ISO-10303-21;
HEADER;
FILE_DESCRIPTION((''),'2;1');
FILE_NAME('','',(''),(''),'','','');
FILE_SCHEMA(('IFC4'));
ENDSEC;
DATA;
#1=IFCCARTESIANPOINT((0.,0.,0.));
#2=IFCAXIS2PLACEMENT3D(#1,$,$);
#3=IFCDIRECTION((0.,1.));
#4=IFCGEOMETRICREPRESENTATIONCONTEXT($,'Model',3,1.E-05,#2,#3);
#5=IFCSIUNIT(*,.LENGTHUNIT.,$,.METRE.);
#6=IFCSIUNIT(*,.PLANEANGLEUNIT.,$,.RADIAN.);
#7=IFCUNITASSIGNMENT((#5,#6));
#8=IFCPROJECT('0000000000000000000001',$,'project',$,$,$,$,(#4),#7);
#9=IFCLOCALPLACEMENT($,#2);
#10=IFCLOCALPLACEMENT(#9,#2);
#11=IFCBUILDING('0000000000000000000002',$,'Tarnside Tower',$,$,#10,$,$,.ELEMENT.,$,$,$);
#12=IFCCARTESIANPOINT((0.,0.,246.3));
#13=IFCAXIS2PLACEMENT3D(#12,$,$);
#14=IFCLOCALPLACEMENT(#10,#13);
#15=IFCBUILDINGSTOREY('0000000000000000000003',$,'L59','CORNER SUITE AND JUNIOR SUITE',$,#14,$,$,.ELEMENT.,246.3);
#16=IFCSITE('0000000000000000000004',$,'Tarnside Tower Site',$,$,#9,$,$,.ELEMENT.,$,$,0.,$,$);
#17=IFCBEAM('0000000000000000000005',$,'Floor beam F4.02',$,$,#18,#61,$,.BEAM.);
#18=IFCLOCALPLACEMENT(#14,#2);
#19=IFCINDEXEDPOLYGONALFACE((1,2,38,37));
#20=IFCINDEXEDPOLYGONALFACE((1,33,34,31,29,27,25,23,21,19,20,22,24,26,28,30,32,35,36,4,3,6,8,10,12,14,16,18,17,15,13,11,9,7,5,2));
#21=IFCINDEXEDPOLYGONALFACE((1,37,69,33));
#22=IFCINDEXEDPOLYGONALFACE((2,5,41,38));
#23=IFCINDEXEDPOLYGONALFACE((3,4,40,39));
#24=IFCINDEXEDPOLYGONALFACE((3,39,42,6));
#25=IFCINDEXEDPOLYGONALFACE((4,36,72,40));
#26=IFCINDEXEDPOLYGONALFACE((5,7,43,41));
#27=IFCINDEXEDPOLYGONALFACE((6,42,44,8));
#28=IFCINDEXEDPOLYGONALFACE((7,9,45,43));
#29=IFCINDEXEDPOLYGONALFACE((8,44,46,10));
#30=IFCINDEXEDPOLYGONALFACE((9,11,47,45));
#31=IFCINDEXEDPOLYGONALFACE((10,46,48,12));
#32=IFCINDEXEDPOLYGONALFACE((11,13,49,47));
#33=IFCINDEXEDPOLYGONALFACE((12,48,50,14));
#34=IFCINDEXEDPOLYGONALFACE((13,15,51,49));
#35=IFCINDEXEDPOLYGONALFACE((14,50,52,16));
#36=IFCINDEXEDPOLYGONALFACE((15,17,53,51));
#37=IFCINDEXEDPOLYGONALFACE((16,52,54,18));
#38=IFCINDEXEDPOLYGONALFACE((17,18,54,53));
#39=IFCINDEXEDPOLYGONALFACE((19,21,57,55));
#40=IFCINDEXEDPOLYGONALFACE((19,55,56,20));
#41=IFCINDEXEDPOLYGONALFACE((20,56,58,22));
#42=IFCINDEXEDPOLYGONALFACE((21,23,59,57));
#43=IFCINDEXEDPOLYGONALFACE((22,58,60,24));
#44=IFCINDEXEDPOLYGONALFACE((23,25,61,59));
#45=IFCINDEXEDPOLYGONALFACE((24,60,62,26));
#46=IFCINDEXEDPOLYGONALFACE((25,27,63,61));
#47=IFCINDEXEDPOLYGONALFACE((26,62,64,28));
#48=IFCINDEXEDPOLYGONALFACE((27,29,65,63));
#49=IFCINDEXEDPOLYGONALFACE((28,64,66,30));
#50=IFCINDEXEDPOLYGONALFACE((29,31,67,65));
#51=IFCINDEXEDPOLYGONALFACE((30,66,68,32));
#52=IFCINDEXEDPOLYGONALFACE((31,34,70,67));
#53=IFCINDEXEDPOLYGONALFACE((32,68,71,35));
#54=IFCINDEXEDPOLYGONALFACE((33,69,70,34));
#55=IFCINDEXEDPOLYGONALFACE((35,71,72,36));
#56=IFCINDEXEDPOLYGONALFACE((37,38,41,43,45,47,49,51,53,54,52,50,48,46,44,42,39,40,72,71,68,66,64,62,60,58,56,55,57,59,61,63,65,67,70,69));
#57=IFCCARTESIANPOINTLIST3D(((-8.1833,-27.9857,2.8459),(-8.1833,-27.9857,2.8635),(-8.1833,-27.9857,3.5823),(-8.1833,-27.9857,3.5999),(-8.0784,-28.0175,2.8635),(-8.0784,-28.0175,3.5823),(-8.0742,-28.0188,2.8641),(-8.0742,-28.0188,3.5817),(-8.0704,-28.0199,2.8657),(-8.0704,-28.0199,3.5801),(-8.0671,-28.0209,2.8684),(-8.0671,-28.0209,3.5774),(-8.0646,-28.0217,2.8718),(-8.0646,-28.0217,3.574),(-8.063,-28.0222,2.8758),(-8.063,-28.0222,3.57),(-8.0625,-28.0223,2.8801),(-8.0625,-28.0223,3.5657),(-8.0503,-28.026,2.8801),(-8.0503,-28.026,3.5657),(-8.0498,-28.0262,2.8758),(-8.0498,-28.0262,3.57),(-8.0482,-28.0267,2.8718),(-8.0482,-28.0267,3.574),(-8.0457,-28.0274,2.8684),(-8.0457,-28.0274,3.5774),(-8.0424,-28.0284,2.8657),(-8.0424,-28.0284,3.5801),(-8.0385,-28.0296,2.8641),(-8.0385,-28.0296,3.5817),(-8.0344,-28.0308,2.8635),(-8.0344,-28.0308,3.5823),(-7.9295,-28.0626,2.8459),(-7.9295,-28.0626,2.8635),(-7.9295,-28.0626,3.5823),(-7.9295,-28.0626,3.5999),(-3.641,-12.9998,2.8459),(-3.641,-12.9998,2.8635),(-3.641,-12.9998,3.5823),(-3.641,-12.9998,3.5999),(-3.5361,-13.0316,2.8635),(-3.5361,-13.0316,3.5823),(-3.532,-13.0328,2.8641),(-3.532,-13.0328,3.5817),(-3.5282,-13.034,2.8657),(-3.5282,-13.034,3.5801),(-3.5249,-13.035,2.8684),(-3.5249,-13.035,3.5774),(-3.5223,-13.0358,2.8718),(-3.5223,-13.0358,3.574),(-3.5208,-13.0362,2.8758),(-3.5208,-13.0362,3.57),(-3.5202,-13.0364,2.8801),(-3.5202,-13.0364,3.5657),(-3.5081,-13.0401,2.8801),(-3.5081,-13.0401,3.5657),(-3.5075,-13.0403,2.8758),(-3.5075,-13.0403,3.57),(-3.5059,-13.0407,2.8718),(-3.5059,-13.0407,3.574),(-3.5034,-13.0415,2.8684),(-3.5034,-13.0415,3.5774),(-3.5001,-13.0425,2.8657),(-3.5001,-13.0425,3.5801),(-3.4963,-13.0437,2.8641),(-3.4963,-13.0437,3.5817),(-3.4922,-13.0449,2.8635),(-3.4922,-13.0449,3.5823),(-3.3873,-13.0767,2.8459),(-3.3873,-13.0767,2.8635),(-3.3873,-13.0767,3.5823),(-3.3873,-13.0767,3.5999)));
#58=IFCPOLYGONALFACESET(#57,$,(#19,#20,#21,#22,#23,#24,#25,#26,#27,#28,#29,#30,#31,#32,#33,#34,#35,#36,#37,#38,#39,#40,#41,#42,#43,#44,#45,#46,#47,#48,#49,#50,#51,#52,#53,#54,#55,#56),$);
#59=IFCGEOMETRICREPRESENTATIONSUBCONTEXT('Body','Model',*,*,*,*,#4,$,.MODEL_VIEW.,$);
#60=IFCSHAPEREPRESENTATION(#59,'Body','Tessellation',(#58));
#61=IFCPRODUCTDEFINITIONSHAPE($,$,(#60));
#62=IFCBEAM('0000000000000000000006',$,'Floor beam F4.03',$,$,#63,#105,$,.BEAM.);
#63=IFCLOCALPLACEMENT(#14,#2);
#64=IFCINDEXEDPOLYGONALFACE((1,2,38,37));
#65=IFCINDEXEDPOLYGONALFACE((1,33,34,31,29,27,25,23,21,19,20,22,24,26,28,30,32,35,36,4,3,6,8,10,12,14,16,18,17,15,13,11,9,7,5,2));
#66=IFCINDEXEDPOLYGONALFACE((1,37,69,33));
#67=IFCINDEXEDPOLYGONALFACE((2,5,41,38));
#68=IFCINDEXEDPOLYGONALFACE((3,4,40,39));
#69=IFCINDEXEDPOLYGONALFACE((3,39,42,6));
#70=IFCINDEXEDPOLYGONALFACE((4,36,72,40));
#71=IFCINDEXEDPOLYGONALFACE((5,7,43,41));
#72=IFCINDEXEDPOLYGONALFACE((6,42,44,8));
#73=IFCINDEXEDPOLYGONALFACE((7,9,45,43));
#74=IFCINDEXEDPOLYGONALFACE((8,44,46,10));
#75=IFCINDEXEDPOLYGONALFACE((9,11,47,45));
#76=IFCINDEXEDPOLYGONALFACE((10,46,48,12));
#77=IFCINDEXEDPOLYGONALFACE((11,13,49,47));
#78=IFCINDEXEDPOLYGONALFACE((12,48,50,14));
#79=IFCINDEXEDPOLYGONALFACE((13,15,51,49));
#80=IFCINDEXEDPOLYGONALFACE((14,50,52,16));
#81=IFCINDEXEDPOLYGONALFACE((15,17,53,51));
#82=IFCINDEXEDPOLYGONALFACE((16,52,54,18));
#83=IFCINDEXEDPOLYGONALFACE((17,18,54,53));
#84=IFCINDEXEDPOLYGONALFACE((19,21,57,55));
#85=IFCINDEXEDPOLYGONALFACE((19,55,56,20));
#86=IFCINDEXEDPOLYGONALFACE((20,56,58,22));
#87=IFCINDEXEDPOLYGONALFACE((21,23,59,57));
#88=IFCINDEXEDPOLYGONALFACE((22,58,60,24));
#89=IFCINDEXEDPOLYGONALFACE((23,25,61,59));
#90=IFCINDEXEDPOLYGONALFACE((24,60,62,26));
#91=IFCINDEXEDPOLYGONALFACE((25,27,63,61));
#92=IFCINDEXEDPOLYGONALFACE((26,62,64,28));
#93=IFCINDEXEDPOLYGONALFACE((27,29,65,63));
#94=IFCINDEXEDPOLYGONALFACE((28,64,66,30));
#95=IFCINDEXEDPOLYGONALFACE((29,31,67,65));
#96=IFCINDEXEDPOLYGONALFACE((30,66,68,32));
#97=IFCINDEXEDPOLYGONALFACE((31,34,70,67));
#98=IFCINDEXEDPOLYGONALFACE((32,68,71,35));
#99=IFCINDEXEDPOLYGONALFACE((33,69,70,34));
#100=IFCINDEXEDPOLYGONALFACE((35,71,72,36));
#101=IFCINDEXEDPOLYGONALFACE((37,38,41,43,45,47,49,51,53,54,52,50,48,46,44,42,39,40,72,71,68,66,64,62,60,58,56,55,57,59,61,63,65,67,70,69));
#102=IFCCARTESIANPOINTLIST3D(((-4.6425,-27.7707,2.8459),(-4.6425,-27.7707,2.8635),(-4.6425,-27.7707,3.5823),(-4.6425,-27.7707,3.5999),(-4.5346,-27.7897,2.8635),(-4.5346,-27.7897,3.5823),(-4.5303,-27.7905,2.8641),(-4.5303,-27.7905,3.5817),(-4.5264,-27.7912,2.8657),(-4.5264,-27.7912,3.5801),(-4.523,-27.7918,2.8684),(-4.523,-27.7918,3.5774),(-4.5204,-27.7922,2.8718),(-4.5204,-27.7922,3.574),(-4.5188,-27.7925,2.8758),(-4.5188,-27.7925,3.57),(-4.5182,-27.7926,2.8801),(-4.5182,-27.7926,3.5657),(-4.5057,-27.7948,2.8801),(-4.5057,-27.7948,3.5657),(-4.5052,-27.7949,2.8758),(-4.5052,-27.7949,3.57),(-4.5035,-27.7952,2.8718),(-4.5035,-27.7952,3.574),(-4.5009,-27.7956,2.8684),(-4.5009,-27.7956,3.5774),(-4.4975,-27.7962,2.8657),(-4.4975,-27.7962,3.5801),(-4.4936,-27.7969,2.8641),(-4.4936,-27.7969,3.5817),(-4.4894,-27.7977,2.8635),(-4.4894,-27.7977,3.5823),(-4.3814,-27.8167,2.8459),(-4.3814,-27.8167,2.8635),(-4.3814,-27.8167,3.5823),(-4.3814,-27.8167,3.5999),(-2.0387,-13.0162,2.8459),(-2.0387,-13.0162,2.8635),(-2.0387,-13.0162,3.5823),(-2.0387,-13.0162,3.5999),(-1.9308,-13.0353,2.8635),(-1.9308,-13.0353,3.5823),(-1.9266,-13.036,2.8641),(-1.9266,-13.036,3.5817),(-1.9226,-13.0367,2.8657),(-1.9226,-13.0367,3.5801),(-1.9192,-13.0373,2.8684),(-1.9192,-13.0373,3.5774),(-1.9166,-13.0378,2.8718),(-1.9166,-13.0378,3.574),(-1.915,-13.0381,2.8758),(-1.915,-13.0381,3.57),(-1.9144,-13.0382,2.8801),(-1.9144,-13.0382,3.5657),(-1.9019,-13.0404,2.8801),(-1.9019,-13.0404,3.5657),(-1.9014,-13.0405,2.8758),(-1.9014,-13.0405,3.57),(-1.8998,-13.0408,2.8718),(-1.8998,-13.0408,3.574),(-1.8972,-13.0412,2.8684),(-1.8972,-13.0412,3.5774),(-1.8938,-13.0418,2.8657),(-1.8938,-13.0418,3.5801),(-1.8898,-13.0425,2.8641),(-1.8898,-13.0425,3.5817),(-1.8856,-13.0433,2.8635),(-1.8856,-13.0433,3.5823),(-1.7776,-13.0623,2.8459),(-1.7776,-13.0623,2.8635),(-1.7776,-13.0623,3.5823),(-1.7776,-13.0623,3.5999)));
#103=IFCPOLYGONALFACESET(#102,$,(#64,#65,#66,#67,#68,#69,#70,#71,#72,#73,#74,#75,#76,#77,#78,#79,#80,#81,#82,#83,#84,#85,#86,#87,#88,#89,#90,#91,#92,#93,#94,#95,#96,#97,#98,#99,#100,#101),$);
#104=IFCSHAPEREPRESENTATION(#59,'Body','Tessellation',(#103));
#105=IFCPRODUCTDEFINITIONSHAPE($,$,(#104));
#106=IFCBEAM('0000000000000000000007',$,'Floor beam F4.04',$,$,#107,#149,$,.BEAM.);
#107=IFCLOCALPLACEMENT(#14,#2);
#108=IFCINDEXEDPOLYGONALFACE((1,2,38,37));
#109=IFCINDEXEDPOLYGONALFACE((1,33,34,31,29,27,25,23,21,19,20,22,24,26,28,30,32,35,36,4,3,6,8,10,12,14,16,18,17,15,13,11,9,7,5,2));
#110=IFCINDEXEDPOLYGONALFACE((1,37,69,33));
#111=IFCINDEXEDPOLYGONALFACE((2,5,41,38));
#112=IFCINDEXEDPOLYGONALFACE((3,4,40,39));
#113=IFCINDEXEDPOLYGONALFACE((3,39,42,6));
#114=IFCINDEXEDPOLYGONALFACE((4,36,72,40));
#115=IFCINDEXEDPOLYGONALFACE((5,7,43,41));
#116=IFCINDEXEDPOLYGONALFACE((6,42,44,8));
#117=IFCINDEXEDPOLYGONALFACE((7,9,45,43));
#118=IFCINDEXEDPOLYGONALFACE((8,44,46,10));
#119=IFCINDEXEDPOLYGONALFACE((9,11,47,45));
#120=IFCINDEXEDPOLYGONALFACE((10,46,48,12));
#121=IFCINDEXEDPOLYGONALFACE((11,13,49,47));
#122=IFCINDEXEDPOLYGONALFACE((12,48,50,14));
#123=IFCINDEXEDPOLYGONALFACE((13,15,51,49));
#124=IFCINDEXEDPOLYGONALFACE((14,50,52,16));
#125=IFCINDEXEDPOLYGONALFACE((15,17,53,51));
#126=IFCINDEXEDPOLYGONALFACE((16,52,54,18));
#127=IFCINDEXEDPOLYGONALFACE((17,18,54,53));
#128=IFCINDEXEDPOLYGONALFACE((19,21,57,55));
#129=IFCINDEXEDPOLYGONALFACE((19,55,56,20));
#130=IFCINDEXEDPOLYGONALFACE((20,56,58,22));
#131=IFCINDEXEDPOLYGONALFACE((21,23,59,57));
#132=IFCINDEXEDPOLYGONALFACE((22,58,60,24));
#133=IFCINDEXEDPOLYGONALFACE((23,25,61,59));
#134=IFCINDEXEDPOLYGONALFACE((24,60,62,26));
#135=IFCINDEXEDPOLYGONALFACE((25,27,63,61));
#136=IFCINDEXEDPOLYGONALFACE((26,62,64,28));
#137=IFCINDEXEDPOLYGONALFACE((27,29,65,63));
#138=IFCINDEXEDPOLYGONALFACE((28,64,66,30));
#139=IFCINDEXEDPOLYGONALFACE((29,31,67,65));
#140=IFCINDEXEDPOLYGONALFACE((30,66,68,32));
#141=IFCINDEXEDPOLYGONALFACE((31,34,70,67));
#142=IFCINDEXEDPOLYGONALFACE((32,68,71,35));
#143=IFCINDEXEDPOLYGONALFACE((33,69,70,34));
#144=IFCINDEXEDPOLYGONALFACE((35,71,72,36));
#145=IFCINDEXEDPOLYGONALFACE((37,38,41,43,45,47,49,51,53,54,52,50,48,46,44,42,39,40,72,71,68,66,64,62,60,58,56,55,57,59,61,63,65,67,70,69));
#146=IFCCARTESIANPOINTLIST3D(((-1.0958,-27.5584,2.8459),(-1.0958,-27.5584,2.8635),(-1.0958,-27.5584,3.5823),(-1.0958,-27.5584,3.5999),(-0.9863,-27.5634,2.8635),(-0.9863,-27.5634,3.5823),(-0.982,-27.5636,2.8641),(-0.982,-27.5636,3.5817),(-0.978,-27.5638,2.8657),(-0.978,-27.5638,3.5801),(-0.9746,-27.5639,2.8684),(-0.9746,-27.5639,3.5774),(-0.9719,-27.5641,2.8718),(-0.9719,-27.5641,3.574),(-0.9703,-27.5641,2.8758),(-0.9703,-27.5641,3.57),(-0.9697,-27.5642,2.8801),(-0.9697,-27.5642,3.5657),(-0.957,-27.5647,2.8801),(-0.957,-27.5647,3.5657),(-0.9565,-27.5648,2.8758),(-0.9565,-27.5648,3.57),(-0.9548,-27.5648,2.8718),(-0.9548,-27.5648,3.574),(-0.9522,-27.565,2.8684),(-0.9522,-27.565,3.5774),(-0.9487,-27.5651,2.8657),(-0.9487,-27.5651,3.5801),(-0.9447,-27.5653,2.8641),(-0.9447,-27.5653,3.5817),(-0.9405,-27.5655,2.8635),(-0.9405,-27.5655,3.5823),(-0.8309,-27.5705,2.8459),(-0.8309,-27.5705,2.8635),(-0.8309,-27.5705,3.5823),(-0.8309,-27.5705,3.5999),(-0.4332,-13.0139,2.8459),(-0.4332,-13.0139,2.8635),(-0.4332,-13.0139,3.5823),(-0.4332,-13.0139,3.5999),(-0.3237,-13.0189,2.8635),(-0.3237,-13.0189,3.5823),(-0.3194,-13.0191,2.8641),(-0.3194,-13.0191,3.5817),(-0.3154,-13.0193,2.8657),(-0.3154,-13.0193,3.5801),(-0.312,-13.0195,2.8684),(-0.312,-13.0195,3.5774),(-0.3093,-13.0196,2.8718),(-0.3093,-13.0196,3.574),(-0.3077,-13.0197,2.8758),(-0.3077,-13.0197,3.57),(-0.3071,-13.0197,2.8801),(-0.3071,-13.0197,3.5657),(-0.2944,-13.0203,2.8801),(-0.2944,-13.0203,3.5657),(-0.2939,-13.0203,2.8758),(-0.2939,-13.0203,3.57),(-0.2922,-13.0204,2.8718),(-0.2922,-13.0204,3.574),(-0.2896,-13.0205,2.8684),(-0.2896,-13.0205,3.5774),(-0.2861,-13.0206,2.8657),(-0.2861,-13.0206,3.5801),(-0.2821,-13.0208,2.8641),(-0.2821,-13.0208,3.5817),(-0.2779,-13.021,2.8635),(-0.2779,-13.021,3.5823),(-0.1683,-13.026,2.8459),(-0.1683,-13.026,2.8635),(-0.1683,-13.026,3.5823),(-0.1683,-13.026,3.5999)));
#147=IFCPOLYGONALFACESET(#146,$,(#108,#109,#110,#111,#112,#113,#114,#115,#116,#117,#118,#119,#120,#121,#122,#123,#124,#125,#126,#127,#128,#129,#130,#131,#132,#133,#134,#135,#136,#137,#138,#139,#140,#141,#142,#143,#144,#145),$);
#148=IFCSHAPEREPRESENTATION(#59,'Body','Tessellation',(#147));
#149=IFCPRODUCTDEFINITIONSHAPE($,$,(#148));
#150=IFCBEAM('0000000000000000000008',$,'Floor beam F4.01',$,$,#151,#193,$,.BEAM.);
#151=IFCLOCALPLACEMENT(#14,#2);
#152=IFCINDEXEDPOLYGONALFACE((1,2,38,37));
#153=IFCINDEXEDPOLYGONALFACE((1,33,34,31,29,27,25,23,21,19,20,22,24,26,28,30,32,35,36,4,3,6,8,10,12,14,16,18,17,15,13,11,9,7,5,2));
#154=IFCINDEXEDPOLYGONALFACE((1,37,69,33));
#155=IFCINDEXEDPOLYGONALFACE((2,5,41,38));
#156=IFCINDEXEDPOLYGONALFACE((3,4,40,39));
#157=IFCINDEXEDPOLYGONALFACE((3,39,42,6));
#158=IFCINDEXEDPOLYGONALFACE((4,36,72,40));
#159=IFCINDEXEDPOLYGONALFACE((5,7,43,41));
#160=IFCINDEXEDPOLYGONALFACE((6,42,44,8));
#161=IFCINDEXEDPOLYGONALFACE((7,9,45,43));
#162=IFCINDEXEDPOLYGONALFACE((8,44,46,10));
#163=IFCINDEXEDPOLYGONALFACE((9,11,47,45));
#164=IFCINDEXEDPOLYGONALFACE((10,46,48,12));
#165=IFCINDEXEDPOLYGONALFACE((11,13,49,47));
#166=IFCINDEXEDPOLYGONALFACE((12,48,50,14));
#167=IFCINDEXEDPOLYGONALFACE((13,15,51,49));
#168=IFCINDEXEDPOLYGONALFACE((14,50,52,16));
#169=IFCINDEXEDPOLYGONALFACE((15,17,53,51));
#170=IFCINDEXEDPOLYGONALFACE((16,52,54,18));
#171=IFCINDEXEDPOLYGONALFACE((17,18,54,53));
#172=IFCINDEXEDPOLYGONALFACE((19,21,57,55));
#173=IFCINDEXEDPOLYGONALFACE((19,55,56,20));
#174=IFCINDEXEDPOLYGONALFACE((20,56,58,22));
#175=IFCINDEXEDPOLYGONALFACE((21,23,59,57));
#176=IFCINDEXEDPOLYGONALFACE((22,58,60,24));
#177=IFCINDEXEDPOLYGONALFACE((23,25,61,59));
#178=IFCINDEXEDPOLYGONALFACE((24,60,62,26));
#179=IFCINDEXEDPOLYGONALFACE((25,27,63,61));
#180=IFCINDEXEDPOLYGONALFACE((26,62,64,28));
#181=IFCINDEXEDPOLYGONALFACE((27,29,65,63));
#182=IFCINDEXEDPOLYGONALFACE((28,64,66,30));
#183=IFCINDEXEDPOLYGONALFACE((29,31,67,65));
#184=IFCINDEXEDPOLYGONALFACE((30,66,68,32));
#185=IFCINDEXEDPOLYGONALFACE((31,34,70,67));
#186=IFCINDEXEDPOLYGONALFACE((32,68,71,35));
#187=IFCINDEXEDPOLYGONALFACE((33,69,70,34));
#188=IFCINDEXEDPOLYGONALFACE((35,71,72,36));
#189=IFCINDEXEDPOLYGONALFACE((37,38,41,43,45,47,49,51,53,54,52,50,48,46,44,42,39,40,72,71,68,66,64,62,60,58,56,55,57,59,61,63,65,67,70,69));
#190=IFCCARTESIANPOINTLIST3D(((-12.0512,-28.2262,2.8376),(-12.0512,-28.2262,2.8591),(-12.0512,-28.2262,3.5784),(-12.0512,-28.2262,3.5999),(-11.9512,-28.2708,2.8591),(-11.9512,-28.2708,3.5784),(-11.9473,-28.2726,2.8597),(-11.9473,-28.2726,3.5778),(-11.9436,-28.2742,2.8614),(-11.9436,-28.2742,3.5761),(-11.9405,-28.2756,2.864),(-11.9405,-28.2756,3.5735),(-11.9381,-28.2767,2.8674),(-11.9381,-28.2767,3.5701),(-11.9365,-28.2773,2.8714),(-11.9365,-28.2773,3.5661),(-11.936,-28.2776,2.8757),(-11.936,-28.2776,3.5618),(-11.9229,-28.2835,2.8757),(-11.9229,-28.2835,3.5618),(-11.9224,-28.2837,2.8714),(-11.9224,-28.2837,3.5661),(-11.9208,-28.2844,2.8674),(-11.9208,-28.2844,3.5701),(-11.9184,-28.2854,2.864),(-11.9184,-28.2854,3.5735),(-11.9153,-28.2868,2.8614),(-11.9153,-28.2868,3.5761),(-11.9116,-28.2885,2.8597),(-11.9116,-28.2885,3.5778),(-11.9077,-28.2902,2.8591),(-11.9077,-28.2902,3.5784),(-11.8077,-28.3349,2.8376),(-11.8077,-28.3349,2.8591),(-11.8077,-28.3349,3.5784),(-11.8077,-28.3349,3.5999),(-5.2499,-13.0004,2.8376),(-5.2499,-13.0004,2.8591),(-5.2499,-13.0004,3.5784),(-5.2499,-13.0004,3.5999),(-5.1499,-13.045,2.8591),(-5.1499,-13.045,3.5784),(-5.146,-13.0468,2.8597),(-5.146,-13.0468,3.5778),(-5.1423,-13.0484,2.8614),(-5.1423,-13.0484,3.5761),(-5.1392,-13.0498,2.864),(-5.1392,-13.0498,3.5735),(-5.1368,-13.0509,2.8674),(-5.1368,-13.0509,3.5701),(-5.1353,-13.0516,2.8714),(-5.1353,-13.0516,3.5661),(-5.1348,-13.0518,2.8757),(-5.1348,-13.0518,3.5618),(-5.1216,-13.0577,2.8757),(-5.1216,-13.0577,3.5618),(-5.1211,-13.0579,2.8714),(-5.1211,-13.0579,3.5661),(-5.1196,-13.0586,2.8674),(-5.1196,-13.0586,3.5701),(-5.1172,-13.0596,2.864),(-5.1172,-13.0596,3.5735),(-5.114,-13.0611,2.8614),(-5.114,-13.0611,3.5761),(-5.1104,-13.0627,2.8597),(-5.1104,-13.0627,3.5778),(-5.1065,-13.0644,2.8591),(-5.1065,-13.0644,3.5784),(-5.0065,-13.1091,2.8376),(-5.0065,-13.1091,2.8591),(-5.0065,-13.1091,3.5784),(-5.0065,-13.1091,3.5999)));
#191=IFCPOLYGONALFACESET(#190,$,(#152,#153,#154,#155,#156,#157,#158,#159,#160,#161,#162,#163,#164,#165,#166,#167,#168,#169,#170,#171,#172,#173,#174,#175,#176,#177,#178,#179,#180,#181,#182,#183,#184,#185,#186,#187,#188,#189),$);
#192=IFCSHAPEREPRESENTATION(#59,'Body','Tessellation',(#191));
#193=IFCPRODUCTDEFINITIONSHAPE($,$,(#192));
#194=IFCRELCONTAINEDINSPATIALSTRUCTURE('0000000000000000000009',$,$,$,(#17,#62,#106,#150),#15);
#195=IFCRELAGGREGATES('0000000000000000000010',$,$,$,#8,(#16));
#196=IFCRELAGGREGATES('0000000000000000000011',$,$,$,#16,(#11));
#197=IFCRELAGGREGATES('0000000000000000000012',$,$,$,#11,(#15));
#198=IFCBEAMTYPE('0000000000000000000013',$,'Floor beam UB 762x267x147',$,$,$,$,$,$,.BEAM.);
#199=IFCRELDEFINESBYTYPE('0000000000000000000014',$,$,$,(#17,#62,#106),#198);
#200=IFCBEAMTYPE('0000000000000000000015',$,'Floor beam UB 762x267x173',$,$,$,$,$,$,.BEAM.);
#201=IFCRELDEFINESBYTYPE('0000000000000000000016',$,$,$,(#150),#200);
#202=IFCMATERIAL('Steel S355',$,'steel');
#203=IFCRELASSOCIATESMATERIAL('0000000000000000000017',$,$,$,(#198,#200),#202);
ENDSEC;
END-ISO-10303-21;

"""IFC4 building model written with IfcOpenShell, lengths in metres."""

from ifc_helpers import new_model, si_unit, direction, frame, origin, origin_2d, place, context, subcontext, project, spatial, i_section, extrude, material, material_profile, profile_set, type_object, element, save


model = new_model("IFC4")

# Units and contexts
model_context = context("Model", 3, precision=1e-05, world=origin(), true_north=direction((0.0, 1.0)))
body_context = subcontext(model_context, "Body", "Model", "MODEL_VIEW")
ifc_project = project(units=[si_unit("LENGTHUNIT", "METRE"), si_unit("PLANEANGLEUNIT", "RADIAN")], contexts=[model_context])

# Site, building, storey
site_placement = place(None, origin())
site = spatial("IfcSite", under=ifc_project, at=site_placement, Name="Tarnside Tower Site", CompositionType="ELEMENT", RefElevation=0.0)
building_placement = place(site_placement, origin())
building = spatial("IfcBuilding", under=site, at=building_placement, Name="Tarnside Tower", CompositionType="ELEMENT")
storey_placement = place(building_placement, frame((0.0, 0.0, 246.3)))
storey = spatial("IfcBuildingStorey", under=building, at=storey_placement, Name="L59", Description="CORNER SUITE AND JUNIOR SUITE", CompositionType="ELEMENT", Elevation=246.3)

# Beams
ifc_material_1 = material(Name="Steel S355", Category="steel")
ifc_material_profile_1 = material_profile(ifc_material_1, i_section(OverallWidth=0.2651, OverallDepth=0.7539, WebThickness=0.0127, FlangeThickness=0.0176, FilletRadius=0.0166, at=origin_2d()), Name="UB 762x267x147")
ifc_profile_set_1 = profile_set([ifc_material_profile_1], Name="Steel S355")
beam_type_1 = type_object("IfcBeamType", Name="Floor beam UB 762x267x147", PredefinedType="BEAM", material=ifc_profile_set_1)
beam_1_placement = place(storey_placement, frame((-8.0564, -28.0242, 3.2229), z_axis=(0.29007, 0.957005, 0.0), x_axis=(-0.957005, 0.29007, 0.0)))
element("IfcBeam", 1, at=beam_1_placement, inside=storey, type_object=beam_type_1, Name="Floor beam F4.02", PredefinedType="BEAM", context=body_context, shape_type="SweptSolid", body=[
    extrude(i_section(OverallWidth=0.2651, OverallDepth=0.7539, WebThickness=0.0127, FlangeThickness=0.0176, FilletRadius=0.0166, at=origin_2d()), origin(), (0.0, 0.0, 1.0), 15.6592),
])
beam_2_placement = place(storey_placement, frame((-4.512, -27.7937, 3.2229), z_axis=(0.173788, 0.984783, 0.0), x_axis=(-0.984783, 0.173788, 0.0)))
element("IfcBeam", 2, at=beam_2_placement, inside=storey, type_object=beam_type_1, Name="Floor beam F4.03", PredefinedType="BEAM", context=body_context, shape_type="SweptSolid", body=[
    extrude(i_section(OverallWidth=0.2651, OverallDepth=0.7539, WebThickness=0.0127, FlangeThickness=0.0176, FilletRadius=0.0166, at=origin_2d()), origin(), (0.0, 0.0, 1.0), 14.9824),
])
beam_3_placement = place(storey_placement, frame((-0.9634, -27.5645, 3.2229), z_axis=(0.04551, 0.998964, 0.0), x_axis=(-0.998964, 0.04551, 0.0)))
element("IfcBeam", 3, at=beam_3_placement, inside=storey, type_object=beam_type_1, Name="Floor beam F4.04", PredefinedType="BEAM", context=body_context, shape_type="SweptSolid", body=[
    extrude(i_section(OverallWidth=0.2651, OverallDepth=0.7539, WebThickness=0.0127, FlangeThickness=0.0176, FilletRadius=0.0166, at=origin_2d()), origin(), (0.0, 0.0, 1.0), 14.5596),
])
ifc_material_profile_2 = material_profile(ifc_material_1, i_section(OverallWidth=0.2666, OverallDepth=0.7622, WebThickness=0.0144, FlangeThickness=0.0215, FilletRadius=0.0166, at=origin_2d()), Name="UB 762x267x173")
ifc_profile_set_2 = profile_set([ifc_material_profile_2], Name="Steel S355")
beam_type_2 = type_object("IfcBeamType", Name="Floor beam UB 762x267x173", PredefinedType="BEAM", material=ifc_profile_set_2)
beam_4_placement = place(storey_placement, frame((-11.9294, -28.2805, 3.2188), z_axis=(0.407852, 0.913048, 0.0), x_axis=(-0.913048, 0.407852, 0.0)))
element("IfcBeam", 4, at=beam_4_placement, inside=storey, type_object=beam_type_2, Name="Floor beam F4.01", PredefinedType="BEAM", context=body_context, shape_type="SweptSolid", body=[
    extrude(i_section(OverallWidth=0.2666, OverallDepth=0.7622, WebThickness=0.0144, FlangeThickness=0.0215, FilletRadius=0.0166, at=origin_2d()), origin(), (0.0, 0.0, 1.0), 16.6758),
])

save(model, "model.ifc")
